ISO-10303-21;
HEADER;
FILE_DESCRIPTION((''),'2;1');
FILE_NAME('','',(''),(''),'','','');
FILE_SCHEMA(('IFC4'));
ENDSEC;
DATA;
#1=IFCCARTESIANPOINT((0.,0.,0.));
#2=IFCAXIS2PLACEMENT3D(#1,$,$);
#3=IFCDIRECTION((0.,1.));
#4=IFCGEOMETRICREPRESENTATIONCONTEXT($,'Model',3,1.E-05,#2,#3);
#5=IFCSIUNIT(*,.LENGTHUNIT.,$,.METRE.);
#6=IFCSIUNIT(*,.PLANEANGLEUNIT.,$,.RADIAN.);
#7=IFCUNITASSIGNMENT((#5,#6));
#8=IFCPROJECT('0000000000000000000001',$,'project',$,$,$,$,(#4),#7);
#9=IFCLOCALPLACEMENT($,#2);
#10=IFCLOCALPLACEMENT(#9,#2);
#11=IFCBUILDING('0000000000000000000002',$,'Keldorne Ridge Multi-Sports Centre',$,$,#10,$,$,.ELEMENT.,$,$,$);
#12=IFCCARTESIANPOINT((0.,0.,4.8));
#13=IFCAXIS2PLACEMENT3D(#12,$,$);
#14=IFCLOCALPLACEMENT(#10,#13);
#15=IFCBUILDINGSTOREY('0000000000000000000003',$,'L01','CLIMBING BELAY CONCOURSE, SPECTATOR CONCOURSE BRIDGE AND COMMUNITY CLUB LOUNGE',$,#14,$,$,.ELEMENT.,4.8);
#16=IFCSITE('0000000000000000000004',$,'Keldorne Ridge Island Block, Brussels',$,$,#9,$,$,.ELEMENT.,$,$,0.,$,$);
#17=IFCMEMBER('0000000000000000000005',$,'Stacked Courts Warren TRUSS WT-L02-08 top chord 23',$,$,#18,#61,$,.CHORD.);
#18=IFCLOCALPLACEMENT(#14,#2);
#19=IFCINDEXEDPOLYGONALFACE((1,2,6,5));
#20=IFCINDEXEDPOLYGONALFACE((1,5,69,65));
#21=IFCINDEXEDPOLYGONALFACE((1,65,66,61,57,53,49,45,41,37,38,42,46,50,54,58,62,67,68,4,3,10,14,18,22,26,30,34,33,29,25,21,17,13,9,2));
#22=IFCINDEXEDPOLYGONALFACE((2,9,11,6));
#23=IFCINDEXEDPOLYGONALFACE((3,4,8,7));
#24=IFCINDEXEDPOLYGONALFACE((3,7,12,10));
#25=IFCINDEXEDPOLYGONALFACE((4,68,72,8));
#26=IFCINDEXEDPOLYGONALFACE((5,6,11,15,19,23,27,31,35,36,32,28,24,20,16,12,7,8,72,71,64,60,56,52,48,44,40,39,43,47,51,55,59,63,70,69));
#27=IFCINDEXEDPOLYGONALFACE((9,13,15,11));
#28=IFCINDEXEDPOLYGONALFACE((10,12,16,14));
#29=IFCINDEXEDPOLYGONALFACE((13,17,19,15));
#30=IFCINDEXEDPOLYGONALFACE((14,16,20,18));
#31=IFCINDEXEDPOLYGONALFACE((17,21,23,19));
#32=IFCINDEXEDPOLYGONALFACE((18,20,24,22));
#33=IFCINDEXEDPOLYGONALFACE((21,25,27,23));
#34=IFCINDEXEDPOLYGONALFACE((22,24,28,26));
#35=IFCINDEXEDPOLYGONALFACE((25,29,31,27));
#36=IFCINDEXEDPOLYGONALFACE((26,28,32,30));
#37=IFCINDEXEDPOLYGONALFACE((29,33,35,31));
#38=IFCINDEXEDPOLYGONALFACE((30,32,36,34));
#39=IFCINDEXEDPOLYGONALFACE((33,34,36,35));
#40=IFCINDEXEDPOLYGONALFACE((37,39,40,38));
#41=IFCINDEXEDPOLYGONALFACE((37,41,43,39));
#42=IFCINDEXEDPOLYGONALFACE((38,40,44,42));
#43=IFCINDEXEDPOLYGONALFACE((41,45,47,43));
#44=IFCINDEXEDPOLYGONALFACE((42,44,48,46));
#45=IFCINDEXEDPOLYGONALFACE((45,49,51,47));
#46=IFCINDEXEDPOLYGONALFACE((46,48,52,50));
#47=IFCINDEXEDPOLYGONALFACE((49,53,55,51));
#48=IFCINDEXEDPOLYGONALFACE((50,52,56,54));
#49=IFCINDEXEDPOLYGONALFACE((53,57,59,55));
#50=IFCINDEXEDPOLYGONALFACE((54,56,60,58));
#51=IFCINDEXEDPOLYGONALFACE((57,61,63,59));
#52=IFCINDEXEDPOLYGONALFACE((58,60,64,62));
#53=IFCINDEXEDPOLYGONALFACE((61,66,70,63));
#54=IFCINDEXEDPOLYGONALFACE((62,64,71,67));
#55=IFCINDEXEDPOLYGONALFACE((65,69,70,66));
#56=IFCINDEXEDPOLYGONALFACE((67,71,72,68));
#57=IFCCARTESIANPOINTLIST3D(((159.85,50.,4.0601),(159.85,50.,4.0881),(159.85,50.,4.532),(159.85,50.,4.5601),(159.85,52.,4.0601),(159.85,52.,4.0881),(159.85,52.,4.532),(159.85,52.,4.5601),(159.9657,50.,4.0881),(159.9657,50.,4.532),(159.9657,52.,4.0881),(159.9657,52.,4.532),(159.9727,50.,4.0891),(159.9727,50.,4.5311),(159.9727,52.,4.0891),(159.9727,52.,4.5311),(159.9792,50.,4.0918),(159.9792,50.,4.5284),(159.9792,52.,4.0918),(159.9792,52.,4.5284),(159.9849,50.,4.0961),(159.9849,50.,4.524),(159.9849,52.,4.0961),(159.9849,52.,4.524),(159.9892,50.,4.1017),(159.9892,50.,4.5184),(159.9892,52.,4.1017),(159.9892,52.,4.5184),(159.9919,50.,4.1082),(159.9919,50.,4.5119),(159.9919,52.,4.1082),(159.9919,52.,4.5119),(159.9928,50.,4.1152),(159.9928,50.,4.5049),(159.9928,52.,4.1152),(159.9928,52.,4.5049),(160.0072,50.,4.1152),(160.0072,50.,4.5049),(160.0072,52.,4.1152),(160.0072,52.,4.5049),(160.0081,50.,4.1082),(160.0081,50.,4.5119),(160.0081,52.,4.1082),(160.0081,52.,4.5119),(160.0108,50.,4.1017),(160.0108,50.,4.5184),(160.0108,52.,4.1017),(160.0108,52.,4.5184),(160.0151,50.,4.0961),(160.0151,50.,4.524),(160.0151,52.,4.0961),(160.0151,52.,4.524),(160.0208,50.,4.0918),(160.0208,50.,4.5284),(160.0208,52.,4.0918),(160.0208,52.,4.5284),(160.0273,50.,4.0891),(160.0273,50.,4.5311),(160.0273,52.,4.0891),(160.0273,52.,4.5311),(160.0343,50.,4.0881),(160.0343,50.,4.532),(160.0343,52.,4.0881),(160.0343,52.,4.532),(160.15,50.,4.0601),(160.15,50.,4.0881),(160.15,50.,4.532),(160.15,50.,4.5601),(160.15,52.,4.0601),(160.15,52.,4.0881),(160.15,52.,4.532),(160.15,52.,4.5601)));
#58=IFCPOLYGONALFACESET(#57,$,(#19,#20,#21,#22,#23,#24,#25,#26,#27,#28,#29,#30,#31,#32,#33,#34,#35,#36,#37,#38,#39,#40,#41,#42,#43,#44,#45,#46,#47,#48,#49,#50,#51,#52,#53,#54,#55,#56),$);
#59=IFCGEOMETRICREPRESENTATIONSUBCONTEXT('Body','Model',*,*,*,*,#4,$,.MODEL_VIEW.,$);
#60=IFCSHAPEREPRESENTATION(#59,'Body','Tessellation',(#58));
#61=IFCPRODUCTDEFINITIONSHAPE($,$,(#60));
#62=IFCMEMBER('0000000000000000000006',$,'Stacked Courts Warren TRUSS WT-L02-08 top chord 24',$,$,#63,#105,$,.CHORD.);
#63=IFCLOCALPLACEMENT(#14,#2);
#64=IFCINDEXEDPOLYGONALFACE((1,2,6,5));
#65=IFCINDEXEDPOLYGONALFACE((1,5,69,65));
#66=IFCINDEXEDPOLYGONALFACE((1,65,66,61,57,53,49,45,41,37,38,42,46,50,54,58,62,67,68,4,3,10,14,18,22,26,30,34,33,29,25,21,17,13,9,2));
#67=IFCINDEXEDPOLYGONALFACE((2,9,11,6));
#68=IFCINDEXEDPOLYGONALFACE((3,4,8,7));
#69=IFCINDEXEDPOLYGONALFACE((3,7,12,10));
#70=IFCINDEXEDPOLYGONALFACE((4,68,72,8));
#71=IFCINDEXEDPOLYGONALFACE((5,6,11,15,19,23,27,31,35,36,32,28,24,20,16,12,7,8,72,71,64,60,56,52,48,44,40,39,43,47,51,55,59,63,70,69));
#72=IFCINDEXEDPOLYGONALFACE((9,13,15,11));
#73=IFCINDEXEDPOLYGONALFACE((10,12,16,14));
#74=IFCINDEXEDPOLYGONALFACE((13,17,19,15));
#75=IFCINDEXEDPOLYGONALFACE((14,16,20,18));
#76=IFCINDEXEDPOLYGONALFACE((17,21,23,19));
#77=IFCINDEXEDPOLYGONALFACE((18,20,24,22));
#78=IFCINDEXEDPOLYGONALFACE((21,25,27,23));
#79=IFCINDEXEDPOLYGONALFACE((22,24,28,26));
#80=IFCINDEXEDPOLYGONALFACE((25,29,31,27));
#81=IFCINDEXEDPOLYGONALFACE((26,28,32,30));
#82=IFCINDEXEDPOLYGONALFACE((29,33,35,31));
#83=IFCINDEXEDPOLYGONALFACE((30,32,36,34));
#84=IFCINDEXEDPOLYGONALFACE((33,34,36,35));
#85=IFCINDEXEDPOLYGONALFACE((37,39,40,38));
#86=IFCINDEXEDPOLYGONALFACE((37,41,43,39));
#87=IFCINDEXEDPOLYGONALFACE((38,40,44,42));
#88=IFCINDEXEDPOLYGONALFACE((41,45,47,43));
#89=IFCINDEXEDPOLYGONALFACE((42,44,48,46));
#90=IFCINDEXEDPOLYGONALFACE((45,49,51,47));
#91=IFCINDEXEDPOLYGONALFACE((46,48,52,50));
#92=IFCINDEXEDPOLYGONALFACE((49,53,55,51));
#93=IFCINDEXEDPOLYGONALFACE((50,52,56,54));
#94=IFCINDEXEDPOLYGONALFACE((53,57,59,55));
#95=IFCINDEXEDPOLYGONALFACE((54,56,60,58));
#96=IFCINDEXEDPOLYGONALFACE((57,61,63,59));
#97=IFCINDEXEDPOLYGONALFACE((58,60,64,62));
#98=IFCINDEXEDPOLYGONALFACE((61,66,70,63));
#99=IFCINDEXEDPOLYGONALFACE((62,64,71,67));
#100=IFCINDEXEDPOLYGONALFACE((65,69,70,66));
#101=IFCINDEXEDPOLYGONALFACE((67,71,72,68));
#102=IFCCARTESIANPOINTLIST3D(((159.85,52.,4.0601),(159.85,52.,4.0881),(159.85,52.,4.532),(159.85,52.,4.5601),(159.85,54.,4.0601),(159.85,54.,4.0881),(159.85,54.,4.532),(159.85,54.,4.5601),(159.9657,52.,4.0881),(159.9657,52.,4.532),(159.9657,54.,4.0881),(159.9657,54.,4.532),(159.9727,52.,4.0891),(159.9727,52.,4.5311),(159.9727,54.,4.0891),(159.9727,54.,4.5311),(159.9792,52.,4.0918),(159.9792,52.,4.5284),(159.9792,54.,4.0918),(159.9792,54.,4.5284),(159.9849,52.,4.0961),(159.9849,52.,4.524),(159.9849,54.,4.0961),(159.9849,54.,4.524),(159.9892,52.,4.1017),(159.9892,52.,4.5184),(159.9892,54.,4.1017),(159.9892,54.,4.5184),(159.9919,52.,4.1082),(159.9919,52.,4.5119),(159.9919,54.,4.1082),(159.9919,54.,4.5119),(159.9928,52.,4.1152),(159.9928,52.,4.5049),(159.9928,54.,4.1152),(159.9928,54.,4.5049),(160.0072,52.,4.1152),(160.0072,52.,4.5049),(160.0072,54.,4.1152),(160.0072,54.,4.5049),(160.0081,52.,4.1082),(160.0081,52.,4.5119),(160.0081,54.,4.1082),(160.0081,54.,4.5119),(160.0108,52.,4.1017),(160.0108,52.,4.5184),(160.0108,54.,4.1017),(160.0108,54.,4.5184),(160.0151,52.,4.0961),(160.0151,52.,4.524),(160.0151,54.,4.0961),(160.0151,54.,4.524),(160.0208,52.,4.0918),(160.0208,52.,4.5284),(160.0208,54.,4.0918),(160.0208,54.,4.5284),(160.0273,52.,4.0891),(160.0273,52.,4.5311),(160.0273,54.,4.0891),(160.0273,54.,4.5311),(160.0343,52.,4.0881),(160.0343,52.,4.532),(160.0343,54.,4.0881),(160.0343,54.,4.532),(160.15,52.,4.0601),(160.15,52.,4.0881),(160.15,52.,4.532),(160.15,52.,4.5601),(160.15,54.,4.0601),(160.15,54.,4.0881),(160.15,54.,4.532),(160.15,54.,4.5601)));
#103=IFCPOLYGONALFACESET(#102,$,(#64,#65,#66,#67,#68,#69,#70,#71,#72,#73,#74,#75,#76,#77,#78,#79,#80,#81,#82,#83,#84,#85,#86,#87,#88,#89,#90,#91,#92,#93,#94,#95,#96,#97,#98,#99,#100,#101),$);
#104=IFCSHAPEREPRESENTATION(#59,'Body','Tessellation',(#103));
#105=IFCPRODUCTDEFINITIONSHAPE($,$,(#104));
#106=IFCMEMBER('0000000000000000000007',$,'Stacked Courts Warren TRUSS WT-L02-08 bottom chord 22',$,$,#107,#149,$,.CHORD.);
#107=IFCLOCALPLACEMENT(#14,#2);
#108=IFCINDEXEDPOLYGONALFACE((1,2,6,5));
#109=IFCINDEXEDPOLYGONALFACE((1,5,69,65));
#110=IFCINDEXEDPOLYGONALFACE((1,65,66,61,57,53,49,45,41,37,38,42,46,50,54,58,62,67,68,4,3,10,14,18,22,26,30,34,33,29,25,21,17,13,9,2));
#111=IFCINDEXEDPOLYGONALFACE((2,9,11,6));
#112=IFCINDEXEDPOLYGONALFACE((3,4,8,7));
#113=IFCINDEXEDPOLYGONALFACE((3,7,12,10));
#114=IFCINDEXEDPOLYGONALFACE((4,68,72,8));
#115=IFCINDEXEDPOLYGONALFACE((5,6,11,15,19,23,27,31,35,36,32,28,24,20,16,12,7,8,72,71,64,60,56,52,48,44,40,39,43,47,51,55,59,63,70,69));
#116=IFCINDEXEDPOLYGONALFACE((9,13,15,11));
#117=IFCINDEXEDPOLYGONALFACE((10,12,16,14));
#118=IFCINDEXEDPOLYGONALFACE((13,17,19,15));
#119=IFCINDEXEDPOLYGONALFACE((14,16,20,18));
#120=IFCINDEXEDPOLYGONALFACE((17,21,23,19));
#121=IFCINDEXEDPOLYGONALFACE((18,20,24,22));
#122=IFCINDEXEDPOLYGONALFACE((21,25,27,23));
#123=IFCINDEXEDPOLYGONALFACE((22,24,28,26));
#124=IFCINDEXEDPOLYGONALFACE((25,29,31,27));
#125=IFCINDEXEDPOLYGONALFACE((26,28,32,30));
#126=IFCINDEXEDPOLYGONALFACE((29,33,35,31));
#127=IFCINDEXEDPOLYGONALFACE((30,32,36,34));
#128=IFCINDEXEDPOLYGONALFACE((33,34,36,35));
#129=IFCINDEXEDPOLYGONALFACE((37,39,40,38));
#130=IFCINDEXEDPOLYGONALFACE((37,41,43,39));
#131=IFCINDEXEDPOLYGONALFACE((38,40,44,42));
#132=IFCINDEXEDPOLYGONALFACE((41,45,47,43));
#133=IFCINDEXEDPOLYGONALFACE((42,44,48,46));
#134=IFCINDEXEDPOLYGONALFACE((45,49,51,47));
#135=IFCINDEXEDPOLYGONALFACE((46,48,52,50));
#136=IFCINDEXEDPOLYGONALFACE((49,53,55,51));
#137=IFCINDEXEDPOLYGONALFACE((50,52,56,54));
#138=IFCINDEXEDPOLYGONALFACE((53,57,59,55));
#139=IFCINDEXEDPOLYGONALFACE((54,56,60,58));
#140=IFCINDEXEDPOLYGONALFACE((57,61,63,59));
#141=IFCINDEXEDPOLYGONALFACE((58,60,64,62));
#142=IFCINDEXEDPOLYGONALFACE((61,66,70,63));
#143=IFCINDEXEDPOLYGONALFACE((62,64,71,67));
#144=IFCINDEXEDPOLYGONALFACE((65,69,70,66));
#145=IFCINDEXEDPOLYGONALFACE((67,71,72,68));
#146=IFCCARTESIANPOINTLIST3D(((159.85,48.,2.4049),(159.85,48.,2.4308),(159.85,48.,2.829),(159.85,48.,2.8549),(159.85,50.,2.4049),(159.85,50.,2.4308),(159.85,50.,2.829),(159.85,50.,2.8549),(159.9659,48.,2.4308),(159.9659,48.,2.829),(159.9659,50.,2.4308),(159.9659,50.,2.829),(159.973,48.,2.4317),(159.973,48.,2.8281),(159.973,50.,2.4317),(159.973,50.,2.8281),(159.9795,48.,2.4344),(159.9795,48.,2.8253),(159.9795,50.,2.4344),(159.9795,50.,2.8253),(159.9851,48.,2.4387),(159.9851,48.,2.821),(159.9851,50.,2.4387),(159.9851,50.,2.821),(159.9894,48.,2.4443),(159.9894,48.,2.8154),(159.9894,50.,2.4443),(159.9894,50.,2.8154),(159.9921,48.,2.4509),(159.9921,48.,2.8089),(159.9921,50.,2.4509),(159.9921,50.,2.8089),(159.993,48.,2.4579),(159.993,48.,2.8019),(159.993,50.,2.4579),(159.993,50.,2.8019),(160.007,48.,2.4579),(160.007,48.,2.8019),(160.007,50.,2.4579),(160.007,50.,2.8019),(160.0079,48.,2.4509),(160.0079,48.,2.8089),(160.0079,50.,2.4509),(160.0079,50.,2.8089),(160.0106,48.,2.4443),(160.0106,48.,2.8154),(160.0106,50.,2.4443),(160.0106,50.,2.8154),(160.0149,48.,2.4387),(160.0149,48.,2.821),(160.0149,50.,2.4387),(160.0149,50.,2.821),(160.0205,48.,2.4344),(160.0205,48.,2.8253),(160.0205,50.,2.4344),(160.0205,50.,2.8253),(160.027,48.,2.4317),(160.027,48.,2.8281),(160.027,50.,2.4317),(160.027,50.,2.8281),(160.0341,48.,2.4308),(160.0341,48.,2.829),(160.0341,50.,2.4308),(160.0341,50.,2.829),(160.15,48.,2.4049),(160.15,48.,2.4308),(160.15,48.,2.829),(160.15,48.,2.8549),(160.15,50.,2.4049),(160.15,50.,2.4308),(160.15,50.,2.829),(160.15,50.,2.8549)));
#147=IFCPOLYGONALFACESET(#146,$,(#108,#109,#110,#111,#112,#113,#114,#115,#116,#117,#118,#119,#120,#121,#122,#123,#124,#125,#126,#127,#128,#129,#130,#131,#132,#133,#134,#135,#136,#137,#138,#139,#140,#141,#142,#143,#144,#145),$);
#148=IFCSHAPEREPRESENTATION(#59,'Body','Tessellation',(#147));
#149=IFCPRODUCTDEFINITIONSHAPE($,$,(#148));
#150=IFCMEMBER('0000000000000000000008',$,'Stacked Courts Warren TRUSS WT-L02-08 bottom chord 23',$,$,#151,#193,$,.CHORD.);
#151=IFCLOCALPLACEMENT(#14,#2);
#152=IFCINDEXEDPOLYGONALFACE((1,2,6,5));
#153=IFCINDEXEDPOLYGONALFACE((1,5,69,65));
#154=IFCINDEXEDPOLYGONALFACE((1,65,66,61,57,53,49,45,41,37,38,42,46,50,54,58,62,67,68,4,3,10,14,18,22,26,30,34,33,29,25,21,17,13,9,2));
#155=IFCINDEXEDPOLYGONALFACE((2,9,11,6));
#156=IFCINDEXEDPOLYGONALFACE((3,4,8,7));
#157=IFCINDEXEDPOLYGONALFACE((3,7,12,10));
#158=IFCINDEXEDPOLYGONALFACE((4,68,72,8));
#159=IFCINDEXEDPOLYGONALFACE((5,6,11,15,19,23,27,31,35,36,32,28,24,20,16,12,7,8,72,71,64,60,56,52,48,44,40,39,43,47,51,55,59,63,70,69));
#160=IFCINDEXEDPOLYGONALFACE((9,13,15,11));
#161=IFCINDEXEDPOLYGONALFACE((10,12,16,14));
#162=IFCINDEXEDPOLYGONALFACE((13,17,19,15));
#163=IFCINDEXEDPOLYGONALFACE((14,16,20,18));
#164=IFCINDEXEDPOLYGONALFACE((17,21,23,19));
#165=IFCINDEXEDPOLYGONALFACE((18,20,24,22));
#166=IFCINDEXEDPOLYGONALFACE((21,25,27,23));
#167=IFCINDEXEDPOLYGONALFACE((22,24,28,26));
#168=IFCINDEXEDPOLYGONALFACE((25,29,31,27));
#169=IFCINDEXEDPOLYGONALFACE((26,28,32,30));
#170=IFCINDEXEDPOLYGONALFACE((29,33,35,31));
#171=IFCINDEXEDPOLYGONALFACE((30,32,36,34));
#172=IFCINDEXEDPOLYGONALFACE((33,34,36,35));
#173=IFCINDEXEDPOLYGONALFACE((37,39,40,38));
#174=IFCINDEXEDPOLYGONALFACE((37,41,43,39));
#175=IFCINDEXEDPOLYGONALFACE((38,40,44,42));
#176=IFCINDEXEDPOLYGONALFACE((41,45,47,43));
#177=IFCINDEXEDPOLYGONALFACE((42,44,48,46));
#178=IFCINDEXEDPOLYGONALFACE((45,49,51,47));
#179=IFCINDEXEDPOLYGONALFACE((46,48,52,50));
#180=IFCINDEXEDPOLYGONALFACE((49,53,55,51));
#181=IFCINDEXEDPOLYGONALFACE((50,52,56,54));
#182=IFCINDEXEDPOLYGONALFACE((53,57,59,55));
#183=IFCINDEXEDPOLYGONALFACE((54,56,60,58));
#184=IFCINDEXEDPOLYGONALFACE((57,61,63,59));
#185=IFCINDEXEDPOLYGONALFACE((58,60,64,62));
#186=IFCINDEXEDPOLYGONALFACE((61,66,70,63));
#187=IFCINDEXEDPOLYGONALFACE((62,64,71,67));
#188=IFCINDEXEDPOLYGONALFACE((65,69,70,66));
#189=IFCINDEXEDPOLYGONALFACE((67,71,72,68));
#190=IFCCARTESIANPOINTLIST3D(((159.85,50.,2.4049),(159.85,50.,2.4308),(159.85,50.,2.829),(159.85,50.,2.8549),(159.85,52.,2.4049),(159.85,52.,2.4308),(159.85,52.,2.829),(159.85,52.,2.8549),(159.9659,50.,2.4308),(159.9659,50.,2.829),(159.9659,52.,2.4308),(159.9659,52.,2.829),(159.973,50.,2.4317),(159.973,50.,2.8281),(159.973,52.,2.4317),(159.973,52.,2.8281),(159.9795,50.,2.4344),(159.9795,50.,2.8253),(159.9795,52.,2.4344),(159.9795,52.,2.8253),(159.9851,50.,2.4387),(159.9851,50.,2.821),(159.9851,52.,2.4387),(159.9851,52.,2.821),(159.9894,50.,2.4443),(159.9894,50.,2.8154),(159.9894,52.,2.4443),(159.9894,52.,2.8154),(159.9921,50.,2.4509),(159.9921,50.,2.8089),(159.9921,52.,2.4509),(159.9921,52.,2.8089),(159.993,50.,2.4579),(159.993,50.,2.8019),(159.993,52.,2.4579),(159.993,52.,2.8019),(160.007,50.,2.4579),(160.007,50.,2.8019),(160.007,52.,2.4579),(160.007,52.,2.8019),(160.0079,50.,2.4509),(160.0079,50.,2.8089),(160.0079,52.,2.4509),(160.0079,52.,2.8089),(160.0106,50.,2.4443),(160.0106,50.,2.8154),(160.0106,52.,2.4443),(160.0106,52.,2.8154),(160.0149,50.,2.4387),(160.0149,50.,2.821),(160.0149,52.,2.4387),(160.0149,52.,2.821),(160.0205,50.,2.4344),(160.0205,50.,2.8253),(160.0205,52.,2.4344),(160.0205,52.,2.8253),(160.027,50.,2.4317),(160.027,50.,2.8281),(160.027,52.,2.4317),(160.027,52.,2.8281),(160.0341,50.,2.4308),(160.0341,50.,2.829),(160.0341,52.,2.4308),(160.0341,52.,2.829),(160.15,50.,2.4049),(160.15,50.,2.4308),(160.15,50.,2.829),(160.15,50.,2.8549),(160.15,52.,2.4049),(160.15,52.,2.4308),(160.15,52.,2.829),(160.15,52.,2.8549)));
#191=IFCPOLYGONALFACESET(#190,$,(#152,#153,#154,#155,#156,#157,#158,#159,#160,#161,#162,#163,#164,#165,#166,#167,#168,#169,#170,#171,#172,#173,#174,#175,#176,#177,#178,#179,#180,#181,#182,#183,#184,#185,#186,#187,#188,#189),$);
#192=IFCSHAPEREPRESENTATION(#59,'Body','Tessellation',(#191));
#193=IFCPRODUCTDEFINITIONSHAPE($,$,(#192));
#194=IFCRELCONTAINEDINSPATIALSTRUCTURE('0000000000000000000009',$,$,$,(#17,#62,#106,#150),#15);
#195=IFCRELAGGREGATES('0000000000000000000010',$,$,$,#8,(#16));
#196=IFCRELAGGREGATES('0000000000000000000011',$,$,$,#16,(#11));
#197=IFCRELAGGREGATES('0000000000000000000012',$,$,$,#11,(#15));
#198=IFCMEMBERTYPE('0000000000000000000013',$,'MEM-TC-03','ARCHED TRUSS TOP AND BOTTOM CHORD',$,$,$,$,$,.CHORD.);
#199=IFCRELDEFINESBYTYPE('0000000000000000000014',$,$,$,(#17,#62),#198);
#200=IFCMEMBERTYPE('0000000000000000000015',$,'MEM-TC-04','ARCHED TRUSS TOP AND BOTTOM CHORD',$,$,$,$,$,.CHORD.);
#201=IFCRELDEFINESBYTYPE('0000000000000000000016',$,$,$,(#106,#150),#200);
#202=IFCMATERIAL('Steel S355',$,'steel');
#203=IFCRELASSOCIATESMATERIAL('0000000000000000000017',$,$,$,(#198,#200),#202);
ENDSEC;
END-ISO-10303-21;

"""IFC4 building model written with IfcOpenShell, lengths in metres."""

from ifc_helpers import new_model, si_unit, direction, frame, origin, origin_2d, place, context, subcontext, project, spatial, i_section, extrude, material, material_profile, profile_set, type_object, element, save


model = new_model("IFC4")

# Units and contexts
model_context = context("Model", 3, precision=1e-05, world=origin(), true_north=direction((0.0, 1.0)))
body_context = subcontext(model_context, "Body", "Model", "MODEL_VIEW")
ifc_project = project(units=[si_unit("LENGTHUNIT", "METRE"), si_unit("PLANEANGLEUNIT", "RADIAN")], contexts=[model_context])

# Site, building, storey
site_placement = place(None, origin())
site = spatial("IfcSite", under=ifc_project, at=site_placement, Name="Keldorne Ridge Island Block, Brussels", CompositionType="ELEMENT", RefElevation=0.0)
building_placement = place(site_placement, origin())
building = spatial("IfcBuilding", under=site, at=building_placement, Name="Keldorne Ridge Multi-Sports Centre", CompositionType="ELEMENT")
storey_placement = place(building_placement, frame((0.0, 0.0, 4.8)))
storey = spatial("IfcBuildingStorey", under=building, at=storey_placement, Name="L01", Description="CLIMBING BELAY CONCOURSE, SPECTATOR CONCOURSE BRIDGE AND COMMUNITY CLUB LOUNGE", CompositionType="ELEMENT", Elevation=4.8)

# Shared definitions
ifc_material_1 = material(Name="Steel S355", Category="steel")

# Members
ifc_material_profile_1 = material_profile(ifc_material_1, i_section(OverallWidth=0.3, OverallDepth=0.5, WebThickness=0.0144, FlangeThickness=0.0281, FilletRadius=0.0271, at=origin_2d()), Name="HEB 500")
ifc_profile_set_1 = profile_set([ifc_material_profile_1], Name="Steel S355")
member_type_1 = type_object("IfcMemberType", Name="MEM-TC-03", Description="ARCHED TRUSS TOP AND BOTTOM CHORD", PredefinedType="CHORD", material=ifc_profile_set_1)
for number, where, z_axis, x_axis, name in (
    (1, (160.0, 50.0, 4.3101), (0.0, 1.0, 0.0), (-1.0, 0.0, 0.0), "Stacked Courts Warren TRUSS WT-L02-08 top chord 23"),
    (2, (160.0, 52.0, 4.3101), (0.0, 1.0, 0.0), (-1.0, 0.0, 0.0), "Stacked Courts Warren TRUSS WT-L02-08 top chord 24"),
):
    element("IfcMember", number, at=place(storey_placement, frame(where, z_axis=z_axis, x_axis=x_axis)), inside=storey, type_object=member_type_1, Name=name, PredefinedType="CHORD", context=body_context, shape_type="SweptSolid", body=[
        extrude(i_section(OverallWidth=0.3, OverallDepth=0.5, WebThickness=0.0144, FlangeThickness=0.0281, FilletRadius=0.0271, at=origin_2d()), origin(), (0.0, 0.0, 1.0), 2.0),
    ])
ifc_material_profile_2 = material_profile(ifc_material_1, i_section(OverallWidth=0.3, OverallDepth=0.45, WebThickness=0.0139, FlangeThickness=0.0259, FilletRadius=0.0271, at=origin_2d()), Name="HEB 450")
ifc_profile_set_2 = profile_set([ifc_material_profile_2], Name="Steel S355")
member_type_2 = type_object("IfcMemberType", Name="MEM-TC-04", Description="ARCHED TRUSS TOP AND BOTTOM CHORD", PredefinedType="CHORD", material=ifc_profile_set_2)
for number, where, z_axis, x_axis, name in (
    (3, (160.0, 48.0, 2.6299), (0.0, 1.0, 0.0), (-1.0, 0.0, 0.0), "Stacked Courts Warren TRUSS WT-L02-08 bottom chord 22"),
    (4, (160.0, 50.0, 2.6299), (0.0, 1.0, 0.0), (-1.0, 0.0, 0.0), "Stacked Courts Warren TRUSS WT-L02-08 bottom chord 23"),
):
    element("IfcMember", number, at=place(storey_placement, frame(where, z_axis=z_axis, x_axis=x_axis)), inside=storey, type_object=member_type_2, Name=name, PredefinedType="CHORD", context=body_context, shape_type="SweptSolid", body=[
        extrude(i_section(OverallWidth=0.3, OverallDepth=0.45, WebThickness=0.0139, FlangeThickness=0.0259, FilletRadius=0.0271, at=origin_2d()), origin(), (0.0, 0.0, 1.0), 2.0),
    ])

save(model, "model.ifc")
